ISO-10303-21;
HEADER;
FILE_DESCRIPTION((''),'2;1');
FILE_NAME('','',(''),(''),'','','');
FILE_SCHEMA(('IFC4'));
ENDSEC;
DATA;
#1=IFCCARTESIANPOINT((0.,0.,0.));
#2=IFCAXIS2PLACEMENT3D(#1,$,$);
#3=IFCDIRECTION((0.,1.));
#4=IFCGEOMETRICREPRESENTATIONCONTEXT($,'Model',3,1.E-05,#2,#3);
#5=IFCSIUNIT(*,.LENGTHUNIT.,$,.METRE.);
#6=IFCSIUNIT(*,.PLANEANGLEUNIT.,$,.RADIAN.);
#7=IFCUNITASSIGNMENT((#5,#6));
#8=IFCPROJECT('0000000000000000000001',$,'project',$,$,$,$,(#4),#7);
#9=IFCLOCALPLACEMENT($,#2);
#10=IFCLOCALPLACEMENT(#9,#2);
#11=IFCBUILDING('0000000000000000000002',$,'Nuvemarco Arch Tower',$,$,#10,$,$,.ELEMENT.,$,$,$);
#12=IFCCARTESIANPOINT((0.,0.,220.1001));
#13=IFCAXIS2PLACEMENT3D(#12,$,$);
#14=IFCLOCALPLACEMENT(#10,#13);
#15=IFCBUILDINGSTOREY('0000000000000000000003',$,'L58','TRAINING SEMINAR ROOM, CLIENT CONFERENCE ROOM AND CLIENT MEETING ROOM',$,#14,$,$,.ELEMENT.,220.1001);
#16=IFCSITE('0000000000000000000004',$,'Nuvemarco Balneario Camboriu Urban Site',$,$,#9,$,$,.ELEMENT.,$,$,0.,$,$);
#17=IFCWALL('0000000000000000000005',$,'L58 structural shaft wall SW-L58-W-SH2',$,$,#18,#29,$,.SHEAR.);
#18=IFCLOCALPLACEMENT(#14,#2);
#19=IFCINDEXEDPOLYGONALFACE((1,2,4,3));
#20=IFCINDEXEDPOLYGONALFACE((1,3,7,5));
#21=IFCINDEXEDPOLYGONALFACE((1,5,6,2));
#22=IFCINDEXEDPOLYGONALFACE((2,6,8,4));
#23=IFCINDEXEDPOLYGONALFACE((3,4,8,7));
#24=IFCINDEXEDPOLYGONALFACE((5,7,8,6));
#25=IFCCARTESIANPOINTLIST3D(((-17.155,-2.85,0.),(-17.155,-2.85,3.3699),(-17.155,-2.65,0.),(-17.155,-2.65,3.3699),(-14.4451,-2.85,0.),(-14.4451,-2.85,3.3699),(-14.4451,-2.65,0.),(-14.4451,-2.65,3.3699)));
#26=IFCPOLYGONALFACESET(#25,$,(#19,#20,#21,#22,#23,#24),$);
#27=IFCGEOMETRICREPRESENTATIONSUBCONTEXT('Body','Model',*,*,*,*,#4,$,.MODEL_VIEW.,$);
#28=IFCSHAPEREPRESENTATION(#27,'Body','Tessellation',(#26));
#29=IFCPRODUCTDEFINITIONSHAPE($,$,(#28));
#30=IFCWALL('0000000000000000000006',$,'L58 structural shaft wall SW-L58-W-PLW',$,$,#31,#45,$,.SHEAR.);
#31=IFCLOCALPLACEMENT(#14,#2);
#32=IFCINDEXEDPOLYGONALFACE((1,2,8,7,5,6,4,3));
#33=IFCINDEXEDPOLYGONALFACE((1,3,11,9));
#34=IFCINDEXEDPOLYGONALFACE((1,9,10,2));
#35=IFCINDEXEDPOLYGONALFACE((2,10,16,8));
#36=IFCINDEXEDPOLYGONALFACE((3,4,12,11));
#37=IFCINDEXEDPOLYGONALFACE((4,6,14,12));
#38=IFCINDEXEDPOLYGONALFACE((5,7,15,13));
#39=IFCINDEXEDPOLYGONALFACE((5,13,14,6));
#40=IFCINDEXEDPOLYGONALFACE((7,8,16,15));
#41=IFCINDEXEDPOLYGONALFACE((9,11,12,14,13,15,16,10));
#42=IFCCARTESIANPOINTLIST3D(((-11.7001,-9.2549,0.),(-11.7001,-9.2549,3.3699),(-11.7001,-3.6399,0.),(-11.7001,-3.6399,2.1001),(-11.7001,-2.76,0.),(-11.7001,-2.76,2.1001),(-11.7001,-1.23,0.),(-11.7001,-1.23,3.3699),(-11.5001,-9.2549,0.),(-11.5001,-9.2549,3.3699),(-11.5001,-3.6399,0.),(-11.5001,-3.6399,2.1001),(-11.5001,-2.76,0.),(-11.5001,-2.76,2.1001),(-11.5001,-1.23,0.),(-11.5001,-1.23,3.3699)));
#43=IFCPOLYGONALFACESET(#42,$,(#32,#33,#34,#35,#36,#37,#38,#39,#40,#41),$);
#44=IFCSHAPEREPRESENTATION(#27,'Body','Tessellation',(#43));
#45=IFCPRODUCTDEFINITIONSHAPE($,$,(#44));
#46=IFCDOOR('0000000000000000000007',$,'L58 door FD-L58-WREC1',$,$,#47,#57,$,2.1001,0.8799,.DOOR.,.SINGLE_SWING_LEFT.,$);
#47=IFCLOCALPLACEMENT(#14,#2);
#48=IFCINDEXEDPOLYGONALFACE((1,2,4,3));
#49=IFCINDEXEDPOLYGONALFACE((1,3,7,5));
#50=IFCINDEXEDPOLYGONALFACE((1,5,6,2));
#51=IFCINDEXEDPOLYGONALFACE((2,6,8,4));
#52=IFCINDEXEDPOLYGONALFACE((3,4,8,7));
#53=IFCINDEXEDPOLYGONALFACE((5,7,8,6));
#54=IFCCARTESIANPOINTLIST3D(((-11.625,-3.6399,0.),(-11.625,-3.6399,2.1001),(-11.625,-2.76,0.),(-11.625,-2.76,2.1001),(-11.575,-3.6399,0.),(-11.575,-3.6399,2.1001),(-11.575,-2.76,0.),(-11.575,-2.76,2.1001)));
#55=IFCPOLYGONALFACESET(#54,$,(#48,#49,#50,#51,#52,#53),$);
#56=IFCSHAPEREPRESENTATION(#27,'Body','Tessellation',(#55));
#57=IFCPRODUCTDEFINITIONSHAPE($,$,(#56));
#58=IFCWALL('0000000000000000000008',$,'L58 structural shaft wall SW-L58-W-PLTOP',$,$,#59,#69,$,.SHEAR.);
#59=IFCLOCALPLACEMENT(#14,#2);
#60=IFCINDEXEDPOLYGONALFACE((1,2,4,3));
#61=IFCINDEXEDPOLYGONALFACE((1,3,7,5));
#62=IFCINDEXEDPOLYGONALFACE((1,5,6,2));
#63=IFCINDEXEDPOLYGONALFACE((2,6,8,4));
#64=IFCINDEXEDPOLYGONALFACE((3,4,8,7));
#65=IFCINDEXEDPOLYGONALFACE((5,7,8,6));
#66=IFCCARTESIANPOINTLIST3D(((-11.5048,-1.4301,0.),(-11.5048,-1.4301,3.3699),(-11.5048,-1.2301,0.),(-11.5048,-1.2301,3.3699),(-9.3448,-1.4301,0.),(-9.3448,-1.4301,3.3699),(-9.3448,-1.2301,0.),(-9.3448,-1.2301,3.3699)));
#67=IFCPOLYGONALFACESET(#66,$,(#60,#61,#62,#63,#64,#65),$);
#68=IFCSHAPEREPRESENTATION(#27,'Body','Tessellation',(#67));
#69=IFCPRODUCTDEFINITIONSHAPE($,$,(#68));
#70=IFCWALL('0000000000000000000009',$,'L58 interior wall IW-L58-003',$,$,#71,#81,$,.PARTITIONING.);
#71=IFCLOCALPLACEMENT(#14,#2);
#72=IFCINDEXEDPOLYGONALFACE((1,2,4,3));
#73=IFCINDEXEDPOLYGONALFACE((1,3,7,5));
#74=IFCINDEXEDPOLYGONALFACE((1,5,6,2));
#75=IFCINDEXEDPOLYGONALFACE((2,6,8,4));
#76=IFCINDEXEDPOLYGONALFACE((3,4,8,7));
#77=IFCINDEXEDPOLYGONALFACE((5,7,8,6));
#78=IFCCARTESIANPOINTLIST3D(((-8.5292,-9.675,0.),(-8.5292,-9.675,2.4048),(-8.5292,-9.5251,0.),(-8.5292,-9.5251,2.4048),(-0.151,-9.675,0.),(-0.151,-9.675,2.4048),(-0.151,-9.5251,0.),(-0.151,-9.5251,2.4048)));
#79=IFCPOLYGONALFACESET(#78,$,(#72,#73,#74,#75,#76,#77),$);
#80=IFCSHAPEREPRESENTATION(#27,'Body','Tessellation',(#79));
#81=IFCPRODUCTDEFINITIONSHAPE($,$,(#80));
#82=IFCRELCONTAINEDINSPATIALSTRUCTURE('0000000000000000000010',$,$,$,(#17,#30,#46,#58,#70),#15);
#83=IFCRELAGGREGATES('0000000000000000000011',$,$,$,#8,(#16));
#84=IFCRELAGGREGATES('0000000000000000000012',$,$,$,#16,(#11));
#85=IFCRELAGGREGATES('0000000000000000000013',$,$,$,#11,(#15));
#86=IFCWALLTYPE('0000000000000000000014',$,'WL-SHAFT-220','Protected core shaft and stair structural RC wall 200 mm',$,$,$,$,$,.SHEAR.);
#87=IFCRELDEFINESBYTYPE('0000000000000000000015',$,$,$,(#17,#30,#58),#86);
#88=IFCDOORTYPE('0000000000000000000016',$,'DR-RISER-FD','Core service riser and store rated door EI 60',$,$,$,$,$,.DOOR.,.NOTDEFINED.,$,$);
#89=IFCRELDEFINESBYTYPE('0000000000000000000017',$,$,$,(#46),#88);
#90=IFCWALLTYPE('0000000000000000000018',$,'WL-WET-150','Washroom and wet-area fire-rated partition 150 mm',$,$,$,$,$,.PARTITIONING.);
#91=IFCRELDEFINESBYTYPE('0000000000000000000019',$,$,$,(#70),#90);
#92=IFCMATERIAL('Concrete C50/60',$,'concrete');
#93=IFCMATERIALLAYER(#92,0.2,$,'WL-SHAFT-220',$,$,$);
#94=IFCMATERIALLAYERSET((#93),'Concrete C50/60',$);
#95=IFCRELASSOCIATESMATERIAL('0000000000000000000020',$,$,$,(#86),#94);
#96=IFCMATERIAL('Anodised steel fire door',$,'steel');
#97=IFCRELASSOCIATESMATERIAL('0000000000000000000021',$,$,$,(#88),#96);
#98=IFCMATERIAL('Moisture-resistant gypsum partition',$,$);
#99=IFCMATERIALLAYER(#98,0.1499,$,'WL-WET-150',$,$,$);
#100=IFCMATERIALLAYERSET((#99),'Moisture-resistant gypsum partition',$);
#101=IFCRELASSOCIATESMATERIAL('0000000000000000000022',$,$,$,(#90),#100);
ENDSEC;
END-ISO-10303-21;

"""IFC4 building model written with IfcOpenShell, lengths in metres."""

from ifc_helpers import new_model, si_unit, direction, frame, frame_2d, origin, place, context, subcontext, project, spatial, rectangle, extrude, source, transform, mapped, material, layer, layer_set, type_object, type_shapes, element, fill, save


model = new_model("IFC4")

# Units and contexts
model_context = context("Model", 3, precision=1e-05, world=origin(), true_north=direction((0.0, 1.0)))
body_context = subcontext(model_context, "Body", "Model", "MODEL_VIEW")
ifc_project = project(units=[si_unit("LENGTHUNIT", "METRE"), si_unit("PLANEANGLEUNIT", "RADIAN")], contexts=[model_context])

# Site, building, storey
site_placement = place(None, origin())
site = spatial("IfcSite", under=ifc_project, at=site_placement, Name="Nuvemarco Balneario Camboriu Urban Site", CompositionType="ELEMENT", RefElevation=0.0)
building_placement = place(site_placement, origin())
building = spatial("IfcBuilding", under=site, at=building_placement, Name="Nuvemarco Arch Tower", CompositionType="ELEMENT")
storey_placement = place(building_placement, frame((0.0, 0.0, 220.1001)))
storey = spatial("IfcBuildingStorey", under=building, at=storey_placement, Name="L58", Description="TRAINING SEMINAR ROOM, CLIENT CONFERENCE ROOM AND CLIENT MEETING ROOM", CompositionType="ELEMENT", Elevation=220.1001)

# Shared definitions
ifc_material_1 = material(Name="Concrete C50/60", Category="concrete")

# Shared definitions
ifc_material_2 = material(Name="Anodised steel fire door", Category="steel")

# Shared definitions
ifc_layer_1 = layer(ifc_material_1, 0.2, Name="WL-SHAFT-220")
ifc_layer_set_1 = layer_set([ifc_layer_1], Name="Concrete C50/60")
wall_type_1 = type_object("IfcWallType", Name="WL-SHAFT-220", Description="Protected core shaft and stair structural RC wall 200 mm", PredefinedType="SHEAR", material=ifc_layer_set_1)

# Shared definitions
door_type_1 = type_object("IfcDoorType", Name="DR-RISER-FD", Description="Core service riser and store rated door EI 60", OperationType="NOTDEFINED", PredefinedType="DOOR", material=ifc_material_2)
shared_shape_1 = source(origin(), body_context, "Body", "SweptSolid", [
    extrude(rectangle(XDim=0.8799, YDim=2.1001, at=frame_2d((0.4399, 1.05))), frame((0.0, 0.0249, 0.0), z_axis=(0.0, -1.0, 0.0), x_axis=(1.0, 0.0, 0.0)), (0.0, 0.0, 1.0), 0.05),
])
type_shapes(door_type_1, [shared_shape_1])

# Wall
wall_1_placement = place(storey_placement, frame((-17.155, -2.75, 0.0), z_axis=(0.0, 0.0, 1.0), x_axis=(1.0, 0.0, 0.0)))
element("IfcWall", 1, at=wall_1_placement, inside=storey, type_object=wall_type_1, Name="L58 structural shaft wall SW-L58-W-SH2", PredefinedType="SHEAR", context=body_context, shape_type="SweptSolid", body=[
    extrude(rectangle(XDim=2.71, YDim=0.2, at=frame_2d((1.355, 0.0))), origin(), (0.0, 0.0, 1.0), 3.3699),
])

# Wall, opening, door
wall_2_placement = place(storey_placement, frame((-11.6001, -9.2549, 0.0), z_axis=(0.0, 0.0, 1.0), x_axis=(0.0, 1.0, 0.0)))
wall_2 = element("IfcWall", 2, at=wall_2_placement, inside=storey, type_object=wall_type_1, Name="L58 structural shaft wall SW-L58-W-PLW", PredefinedType="SHEAR", context=body_context, shape_type="SweptSolid", body=[
    extrude(rectangle(XDim=8.0249, YDim=0.2, at=frame_2d((4.0125, 0.0))), origin(), (0.0, 0.0, 1.0), 3.3699),
])
opening_1_placement = place(wall_2_placement, frame((5.615, 0.0, 0.0)))
opening_1 = element("IfcOpeningElement", 3, at=opening_1_placement, cuts=wall_2, PredefinedType="OPENING", context=body_context, shape_type="SweptSolid", body=[
    extrude(rectangle(XDim=0.8799, YDim=2.1001, at=frame_2d((0.4399, 1.05))), frame((0.0, 0.1099, 0.0), z_axis=(0.0, -1.0, 0.0), x_axis=(1.0, 0.0, 0.0)), (0.0, 0.0, 1.0), 0.22),
])
door_1_placement = place(opening_1_placement, origin())
door_1 = element("IfcDoor", 4, at=door_1_placement, inside=storey, type_object=door_type_1, Name="L58 door FD-L58-WREC1", OperationType="SINGLE_SWING_LEFT", OverallHeight=2.1001, OverallWidth=0.8799, PredefinedType="DOOR", context=body_context, shape_type="MappedRepresentation", body=[
    mapped(shared_shape_1, transform((0.0, 0.0, 0.0), scale=1.0)),
])
fill(opening_1, door_1)

# Walls
wall_3_placement = place(storey_placement, frame((-11.5049, -1.3301, 0.0), z_axis=(0.0, 0.0, 1.0), x_axis=(1.0, 0.0, 0.0)))
element("IfcWall", 5, at=wall_3_placement, inside=storey, type_object=wall_type_1, Name="L58 structural shaft wall SW-L58-W-PLTOP", PredefinedType="SHEAR", context=body_context, shape_type="SweptSolid", body=[
    extrude(rectangle(XDim=2.1599, YDim=0.2, at=frame_2d((1.0801, 0.0))), origin(), (0.0, 0.0, 1.0), 3.3699),
])
ifc_material_3 = material(Name="Moisture-resistant gypsum partition")
ifc_layer_2 = layer(ifc_material_3, 0.1499, Name="WL-WET-150")
ifc_layer_set_2 = layer_set([ifc_layer_2], Name="Moisture-resistant gypsum partition")
wall_type_2 = type_object("IfcWallType", Name="WL-WET-150", Description="Washroom and wet-area fire-rated partition 150 mm", PredefinedType="PARTITIONING", material=ifc_layer_set_2)
wall_4_placement = place(storey_placement, frame((-8.5291, -9.6001, 0.0), z_axis=(0.0, 0.0, 1.0), x_axis=(1.0, 0.0, 0.0)))
element("IfcWall", 6, at=wall_4_placement, inside=storey, type_object=wall_type_2, Name="L58 interior wall IW-L58-003", PredefinedType="PARTITIONING", context=body_context, shape_type="SweptSolid", body=[
    extrude(rectangle(XDim=8.3782, YDim=0.1499, at=frame_2d((4.189, 0.0))), origin(), (0.0, 0.0, 1.0), 2.4048),
])

save(model, "model.ifc")
